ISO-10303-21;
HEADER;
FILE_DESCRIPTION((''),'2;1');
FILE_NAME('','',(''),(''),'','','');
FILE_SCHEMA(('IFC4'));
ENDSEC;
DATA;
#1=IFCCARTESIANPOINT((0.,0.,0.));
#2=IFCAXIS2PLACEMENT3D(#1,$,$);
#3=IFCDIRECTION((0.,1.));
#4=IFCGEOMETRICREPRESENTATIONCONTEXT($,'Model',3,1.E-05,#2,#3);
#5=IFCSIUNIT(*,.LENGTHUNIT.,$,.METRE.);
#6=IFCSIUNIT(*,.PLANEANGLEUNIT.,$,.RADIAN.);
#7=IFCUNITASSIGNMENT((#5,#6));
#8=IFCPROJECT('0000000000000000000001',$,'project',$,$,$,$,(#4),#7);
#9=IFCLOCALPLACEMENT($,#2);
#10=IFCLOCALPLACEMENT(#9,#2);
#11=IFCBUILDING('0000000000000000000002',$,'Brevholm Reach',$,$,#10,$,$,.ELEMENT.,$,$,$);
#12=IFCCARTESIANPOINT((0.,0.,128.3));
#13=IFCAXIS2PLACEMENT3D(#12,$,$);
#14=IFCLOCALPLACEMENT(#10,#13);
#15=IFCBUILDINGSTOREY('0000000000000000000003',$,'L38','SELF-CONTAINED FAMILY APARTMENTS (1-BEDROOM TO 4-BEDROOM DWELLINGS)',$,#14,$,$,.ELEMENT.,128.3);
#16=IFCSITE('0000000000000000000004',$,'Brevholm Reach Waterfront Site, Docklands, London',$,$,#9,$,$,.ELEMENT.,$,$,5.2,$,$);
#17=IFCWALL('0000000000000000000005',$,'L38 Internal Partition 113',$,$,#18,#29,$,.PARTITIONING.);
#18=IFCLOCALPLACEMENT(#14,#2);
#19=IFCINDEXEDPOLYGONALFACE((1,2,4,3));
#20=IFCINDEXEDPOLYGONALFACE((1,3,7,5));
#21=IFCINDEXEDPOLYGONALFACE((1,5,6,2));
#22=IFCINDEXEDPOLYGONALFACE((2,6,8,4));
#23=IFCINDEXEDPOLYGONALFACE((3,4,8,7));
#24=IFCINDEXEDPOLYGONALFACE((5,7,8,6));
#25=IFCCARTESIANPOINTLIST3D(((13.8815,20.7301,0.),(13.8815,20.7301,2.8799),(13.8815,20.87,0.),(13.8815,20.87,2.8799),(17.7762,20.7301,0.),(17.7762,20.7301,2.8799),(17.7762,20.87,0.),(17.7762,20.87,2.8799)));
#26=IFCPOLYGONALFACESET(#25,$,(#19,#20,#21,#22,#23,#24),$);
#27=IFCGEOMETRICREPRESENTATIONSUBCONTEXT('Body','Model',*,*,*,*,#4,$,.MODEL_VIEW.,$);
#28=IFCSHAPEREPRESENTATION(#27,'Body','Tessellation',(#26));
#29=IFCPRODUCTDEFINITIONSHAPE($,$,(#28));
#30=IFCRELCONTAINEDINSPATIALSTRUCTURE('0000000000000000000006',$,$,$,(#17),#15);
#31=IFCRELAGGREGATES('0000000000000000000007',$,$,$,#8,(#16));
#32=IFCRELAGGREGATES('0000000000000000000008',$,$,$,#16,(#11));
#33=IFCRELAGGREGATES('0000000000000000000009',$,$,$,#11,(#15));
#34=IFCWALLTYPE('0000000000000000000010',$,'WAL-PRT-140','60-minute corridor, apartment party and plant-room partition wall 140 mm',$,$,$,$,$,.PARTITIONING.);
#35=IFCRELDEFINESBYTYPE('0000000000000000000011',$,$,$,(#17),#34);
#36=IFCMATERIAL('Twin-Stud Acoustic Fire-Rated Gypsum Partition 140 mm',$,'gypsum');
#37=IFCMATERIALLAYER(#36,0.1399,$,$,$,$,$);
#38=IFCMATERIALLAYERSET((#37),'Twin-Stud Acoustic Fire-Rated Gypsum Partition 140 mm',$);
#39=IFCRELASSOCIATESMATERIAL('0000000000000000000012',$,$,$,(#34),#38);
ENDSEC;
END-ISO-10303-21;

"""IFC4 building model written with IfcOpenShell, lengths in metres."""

from ifc_helpers import new_model, si_unit, direction, frame, frame_2d, origin, place, context, subcontext, project, spatial, rectangle, extrude, material, layer, layer_set, type_object, element, save


model = new_model("IFC4")

# Units and contexts
model_context = context("Model", 3, precision=1e-05, world=origin(), true_north=direction((0.0, 1.0)))
body_context = subcontext(model_context, "Body", "Model", "MODEL_VIEW")
ifc_project = project(units=[si_unit("LENGTHUNIT", "METRE"), si_unit("PLANEANGLEUNIT", "RADIAN")], contexts=[model_context])

# Site, building, storey
site_placement = place(None, origin())
site = spatial("IfcSite", under=ifc_project, at=site_placement, Name="Brevholm Reach Waterfront Site, Docklands, London", CompositionType="ELEMENT", RefElevation=5.2)
building_placement = place(site_placement, origin())
building = spatial("IfcBuilding", under=site, at=building_placement, Name="Brevholm Reach", CompositionType="ELEMENT")
storey_placement = place(building_placement, frame((0.0, 0.0, 128.3)))
storey = spatial("IfcBuildingStorey", under=building, at=storey_placement, Name="L38", Description="SELF-CONTAINED FAMILY APARTMENTS (1-BEDROOM TO 4-BEDROOM DWELLINGS)", CompositionType="ELEMENT", Elevation=128.3)

# Shared definitions
ifc_material_1 = material(Name="Twin-Stud Acoustic Fire-Rated Gypsum Partition 140 mm", Category="gypsum")
ifc_layer_1 = layer(ifc_material_1, 0.1399)
ifc_layer_set_1 = layer_set([ifc_layer_1], Name="Twin-Stud Acoustic Fire-Rated Gypsum Partition 140 mm")
wall_type_1 = type_object("IfcWallType", Name="WAL-PRT-140", Description="60-minute corridor, apartment party and plant-room partition wall 140 mm", PredefinedType="PARTITIONING", material=ifc_layer_set_1)

# Wall
wall_1_placement = place(storey_placement, frame((13.8816, 20.8, 0.0), z_axis=(0.0, 0.0, 1.0), x_axis=(1.0, 0.0, 0.0)))
element("IfcWall", 1, at=wall_1_placement, inside=storey, type_object=wall_type_1, Name="L38 Internal Partition 113", PredefinedType="PARTITIONING", context=body_context, shape_type="SweptSolid", body=[
    extrude(rectangle(XDim=3.8948, YDim=0.1399, at=frame_2d((1.9473, 0.0))), origin(), (0.0, 0.0, 1.0), 2.8799),
])

save(model, "model.ifc")
